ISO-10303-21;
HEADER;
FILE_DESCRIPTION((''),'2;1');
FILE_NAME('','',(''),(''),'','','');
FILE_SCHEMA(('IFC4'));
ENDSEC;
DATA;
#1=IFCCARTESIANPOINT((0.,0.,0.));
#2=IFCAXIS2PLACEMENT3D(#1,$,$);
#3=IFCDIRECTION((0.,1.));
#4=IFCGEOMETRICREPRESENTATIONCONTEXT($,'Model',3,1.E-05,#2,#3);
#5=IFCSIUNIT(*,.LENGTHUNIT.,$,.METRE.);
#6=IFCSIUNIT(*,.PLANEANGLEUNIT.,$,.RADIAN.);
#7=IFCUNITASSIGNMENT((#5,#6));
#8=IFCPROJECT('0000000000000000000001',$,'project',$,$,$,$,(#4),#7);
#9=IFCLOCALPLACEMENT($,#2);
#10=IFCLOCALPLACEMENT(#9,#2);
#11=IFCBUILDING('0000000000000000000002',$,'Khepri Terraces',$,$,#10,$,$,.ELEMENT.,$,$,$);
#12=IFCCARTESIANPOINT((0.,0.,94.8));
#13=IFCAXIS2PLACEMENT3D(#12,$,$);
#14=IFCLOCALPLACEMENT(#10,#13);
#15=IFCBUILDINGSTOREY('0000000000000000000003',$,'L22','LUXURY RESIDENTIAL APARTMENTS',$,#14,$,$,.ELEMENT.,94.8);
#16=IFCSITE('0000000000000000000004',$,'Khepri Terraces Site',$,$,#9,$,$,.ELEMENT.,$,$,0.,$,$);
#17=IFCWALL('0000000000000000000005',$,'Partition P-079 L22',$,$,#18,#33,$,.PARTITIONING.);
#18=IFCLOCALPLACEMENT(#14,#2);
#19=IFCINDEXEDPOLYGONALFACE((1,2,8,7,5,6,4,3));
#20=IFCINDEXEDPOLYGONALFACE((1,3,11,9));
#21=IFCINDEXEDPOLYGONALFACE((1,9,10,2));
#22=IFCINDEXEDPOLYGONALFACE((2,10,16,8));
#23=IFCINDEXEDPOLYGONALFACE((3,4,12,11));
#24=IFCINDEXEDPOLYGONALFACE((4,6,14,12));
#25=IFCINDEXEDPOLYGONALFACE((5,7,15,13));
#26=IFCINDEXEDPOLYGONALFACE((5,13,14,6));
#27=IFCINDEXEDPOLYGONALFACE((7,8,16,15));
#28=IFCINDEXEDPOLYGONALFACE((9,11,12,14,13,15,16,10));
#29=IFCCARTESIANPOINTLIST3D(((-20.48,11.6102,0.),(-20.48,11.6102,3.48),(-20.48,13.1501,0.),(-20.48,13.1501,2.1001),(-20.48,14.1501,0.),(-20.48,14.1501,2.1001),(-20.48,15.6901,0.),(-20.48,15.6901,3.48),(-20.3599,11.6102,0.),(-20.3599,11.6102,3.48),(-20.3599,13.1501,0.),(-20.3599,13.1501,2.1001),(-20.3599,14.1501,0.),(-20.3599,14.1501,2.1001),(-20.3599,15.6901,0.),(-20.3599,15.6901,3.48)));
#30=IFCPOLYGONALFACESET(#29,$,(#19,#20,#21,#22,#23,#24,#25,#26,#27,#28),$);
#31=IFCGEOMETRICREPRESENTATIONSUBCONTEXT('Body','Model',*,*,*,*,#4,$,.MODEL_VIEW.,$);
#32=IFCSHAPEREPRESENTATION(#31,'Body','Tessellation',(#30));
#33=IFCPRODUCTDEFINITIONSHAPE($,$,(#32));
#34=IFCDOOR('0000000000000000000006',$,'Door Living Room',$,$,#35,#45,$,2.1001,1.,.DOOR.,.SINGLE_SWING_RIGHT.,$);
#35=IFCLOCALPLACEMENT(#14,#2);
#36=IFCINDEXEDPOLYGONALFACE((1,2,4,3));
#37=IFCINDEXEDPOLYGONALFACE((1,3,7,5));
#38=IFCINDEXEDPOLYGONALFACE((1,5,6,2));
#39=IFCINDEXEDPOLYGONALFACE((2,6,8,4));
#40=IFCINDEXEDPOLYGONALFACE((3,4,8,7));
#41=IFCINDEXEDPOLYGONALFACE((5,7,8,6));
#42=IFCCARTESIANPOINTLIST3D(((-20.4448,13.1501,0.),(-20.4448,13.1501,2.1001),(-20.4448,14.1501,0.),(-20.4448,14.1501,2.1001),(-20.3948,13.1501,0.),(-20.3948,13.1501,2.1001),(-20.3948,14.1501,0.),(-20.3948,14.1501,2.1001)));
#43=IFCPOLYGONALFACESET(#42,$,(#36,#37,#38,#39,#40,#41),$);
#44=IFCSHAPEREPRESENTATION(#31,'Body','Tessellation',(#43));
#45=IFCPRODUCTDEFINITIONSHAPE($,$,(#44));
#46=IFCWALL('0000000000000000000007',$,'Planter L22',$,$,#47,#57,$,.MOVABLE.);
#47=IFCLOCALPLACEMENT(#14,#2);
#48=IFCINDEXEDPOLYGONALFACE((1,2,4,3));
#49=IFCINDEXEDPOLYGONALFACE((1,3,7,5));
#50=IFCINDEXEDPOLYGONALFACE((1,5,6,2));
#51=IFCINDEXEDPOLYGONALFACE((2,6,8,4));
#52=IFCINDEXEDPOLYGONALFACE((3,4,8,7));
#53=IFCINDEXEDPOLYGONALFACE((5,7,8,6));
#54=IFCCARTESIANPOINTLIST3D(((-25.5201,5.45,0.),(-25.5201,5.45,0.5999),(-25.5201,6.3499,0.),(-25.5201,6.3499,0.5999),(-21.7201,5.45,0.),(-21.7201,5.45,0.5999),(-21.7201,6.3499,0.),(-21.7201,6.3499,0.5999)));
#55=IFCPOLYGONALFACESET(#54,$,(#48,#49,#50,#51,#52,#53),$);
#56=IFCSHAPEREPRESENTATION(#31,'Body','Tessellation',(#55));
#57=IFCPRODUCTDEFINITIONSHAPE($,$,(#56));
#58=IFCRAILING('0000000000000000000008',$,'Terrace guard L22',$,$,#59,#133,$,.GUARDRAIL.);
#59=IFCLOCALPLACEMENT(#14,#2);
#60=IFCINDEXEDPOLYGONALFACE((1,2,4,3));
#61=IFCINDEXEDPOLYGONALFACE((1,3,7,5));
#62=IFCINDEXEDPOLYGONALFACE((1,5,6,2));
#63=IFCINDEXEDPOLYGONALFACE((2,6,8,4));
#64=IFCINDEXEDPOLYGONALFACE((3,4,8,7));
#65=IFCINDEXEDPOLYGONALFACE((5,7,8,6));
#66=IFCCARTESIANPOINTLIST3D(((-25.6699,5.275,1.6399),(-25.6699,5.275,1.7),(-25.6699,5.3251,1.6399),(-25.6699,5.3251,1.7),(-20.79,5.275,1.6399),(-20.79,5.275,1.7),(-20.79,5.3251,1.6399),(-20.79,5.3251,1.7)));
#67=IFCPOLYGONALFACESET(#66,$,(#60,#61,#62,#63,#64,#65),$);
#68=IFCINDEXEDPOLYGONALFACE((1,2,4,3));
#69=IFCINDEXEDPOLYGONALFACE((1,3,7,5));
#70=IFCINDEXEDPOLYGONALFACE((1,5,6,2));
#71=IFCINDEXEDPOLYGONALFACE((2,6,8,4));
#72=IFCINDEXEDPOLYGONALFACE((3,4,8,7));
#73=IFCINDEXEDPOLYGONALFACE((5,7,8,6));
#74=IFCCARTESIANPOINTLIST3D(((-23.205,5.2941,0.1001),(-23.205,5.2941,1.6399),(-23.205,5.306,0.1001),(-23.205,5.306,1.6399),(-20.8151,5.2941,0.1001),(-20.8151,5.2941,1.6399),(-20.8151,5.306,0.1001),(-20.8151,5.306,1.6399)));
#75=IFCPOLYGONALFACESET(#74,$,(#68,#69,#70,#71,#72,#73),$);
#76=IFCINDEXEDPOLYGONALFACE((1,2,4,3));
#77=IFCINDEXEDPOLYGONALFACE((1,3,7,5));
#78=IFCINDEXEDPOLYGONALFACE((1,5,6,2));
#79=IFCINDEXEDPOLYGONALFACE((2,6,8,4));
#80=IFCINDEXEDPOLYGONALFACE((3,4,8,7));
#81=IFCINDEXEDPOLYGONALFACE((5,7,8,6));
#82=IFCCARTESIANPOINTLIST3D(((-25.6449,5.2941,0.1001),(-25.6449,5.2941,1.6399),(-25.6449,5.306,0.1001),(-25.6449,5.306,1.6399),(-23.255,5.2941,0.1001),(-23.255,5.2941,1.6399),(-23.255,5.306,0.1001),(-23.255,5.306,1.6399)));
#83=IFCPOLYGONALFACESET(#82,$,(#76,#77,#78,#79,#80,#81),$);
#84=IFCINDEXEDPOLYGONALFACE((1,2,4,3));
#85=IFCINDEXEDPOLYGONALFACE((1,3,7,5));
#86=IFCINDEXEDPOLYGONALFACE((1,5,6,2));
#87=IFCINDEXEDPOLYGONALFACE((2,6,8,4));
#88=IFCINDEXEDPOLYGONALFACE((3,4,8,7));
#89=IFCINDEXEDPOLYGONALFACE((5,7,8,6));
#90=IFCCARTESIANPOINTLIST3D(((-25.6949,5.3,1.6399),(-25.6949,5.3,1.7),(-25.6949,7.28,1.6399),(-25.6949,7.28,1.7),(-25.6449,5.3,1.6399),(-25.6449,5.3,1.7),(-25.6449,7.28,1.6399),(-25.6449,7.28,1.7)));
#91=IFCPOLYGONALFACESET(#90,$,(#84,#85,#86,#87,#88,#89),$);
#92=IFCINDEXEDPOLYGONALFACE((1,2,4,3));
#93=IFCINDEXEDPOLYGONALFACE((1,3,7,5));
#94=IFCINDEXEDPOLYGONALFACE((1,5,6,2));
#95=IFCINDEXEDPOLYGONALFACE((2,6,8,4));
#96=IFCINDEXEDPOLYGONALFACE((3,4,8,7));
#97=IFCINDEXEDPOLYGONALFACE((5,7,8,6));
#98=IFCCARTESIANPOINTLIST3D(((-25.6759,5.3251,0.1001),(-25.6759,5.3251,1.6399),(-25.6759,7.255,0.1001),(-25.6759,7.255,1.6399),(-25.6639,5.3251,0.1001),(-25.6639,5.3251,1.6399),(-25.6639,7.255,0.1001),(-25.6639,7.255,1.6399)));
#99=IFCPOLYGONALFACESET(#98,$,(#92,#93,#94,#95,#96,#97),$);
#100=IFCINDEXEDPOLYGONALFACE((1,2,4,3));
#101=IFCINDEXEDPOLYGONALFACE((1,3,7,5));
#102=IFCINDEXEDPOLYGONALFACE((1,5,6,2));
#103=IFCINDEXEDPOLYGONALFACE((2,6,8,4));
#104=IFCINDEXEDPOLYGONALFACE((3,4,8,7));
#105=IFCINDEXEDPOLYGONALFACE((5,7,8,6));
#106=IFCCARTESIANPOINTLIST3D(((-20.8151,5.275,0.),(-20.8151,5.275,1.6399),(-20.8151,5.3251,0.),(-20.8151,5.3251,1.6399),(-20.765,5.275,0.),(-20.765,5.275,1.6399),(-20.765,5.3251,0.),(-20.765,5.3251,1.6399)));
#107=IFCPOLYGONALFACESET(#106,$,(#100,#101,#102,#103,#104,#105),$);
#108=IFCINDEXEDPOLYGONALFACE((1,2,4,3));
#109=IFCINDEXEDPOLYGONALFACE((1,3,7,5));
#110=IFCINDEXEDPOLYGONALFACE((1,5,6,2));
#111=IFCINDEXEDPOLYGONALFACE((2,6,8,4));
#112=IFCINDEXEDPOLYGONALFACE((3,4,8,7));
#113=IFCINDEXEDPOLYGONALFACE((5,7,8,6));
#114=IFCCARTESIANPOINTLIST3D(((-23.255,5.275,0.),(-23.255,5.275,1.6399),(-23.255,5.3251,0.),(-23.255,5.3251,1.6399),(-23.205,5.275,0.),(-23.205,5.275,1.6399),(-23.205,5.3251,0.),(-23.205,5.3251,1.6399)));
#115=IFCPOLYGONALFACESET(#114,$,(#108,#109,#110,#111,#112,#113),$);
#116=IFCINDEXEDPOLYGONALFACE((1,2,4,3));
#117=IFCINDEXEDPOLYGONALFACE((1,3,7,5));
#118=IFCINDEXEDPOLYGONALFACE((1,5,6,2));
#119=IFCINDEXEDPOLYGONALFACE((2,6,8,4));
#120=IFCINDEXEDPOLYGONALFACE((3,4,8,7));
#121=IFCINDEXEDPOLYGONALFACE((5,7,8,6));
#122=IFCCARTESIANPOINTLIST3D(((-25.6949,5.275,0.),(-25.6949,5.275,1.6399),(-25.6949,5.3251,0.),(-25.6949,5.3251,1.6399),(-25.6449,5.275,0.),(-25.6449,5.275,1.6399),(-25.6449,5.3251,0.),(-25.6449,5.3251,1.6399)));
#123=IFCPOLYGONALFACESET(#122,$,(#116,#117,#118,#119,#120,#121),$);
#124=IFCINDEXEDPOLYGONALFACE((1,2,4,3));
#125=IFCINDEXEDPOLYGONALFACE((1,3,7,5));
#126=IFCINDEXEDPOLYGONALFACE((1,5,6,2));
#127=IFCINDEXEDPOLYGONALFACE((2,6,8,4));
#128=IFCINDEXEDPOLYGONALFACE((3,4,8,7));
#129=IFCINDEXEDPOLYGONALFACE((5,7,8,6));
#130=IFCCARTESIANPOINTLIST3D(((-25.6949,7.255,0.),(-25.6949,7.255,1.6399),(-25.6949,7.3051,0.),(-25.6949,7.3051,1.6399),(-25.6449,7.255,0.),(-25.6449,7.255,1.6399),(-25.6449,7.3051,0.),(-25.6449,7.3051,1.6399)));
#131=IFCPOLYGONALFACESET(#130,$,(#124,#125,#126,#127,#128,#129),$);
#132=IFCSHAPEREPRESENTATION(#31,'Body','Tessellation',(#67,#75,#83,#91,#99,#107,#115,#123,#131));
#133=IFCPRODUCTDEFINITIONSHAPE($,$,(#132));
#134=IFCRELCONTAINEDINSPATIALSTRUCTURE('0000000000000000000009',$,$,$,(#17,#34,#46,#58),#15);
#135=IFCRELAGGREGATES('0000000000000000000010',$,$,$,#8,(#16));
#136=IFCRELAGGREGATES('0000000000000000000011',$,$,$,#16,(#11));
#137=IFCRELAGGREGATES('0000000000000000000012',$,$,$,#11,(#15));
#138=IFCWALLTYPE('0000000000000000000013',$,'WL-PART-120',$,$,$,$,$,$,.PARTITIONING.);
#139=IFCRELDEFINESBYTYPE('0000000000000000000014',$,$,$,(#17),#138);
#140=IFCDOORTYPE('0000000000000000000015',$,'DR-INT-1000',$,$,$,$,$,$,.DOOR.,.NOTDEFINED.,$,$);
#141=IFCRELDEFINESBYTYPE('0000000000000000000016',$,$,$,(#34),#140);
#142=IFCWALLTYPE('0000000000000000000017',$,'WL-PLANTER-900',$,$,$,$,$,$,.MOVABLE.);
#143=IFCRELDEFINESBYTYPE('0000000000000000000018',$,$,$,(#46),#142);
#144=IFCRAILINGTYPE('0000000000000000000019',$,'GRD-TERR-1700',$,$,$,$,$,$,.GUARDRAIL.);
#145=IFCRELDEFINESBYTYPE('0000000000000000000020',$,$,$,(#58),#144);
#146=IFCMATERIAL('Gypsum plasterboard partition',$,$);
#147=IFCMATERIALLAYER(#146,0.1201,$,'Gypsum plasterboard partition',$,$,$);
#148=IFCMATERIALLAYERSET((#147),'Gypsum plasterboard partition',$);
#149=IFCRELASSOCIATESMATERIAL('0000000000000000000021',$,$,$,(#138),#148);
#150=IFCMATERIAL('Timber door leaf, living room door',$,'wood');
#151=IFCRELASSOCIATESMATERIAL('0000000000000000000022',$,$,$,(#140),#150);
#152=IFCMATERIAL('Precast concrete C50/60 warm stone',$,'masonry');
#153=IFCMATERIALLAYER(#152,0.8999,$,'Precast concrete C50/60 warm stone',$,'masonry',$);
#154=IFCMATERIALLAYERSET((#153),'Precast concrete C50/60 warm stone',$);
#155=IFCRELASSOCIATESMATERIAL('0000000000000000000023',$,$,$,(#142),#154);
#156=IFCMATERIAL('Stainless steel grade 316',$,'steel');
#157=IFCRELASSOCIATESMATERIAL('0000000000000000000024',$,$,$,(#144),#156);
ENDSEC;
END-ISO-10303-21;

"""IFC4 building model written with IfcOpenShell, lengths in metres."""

from ifc_helpers import new_model, si_unit, direction, frame, frame_2d, origin, origin_2d, place, context, subcontext, project, spatial, rectangle, extrude, material, layer, layer_set, type_object, element, fill, save


model = new_model("IFC4")

# Units and contexts
model_context = context("Model", 3, precision=1e-05, world=origin(), true_north=direction((0.0, 1.0)))
body_context = subcontext(model_context, "Body", "Model", "MODEL_VIEW")
ifc_project = project(units=[si_unit("LENGTHUNIT", "METRE"), si_unit("PLANEANGLEUNIT", "RADIAN")], contexts=[model_context])

# Site, building, storey
site_placement = place(None, origin())
site = spatial("IfcSite", under=ifc_project, at=site_placement, Name="Khepri Terraces Site", CompositionType="ELEMENT", RefElevation=0.0)
building_placement = place(site_placement, origin())
building = spatial("IfcBuilding", under=site, at=building_placement, Name="Khepri Terraces", CompositionType="ELEMENT")
storey_placement = place(building_placement, frame((0.0, 0.0, 94.8)))
storey = spatial("IfcBuildingStorey", under=building, at=storey_placement, Name="L22", Description="LUXURY RESIDENTIAL APARTMENTS", CompositionType="ELEMENT", Elevation=94.8)

# Shared definitions
ifc_material_1 = material(Name="Precast concrete C50/60 warm stone", Category="masonry")

# Shared definitions
ifc_material_2 = material(Name="Gypsum plasterboard partition")
ifc_layer_1 = layer(ifc_material_2, 0.1201, Name="Gypsum plasterboard partition")
ifc_layer_set_1 = layer_set([ifc_layer_1], Name="Gypsum plasterboard partition")
wall_type_1 = type_object("IfcWallType", Name="WL-PART-120", PredefinedType="PARTITIONING", material=ifc_layer_set_1)

# Shared definitions
ifc_material_3 = material(Name="Timber door leaf, living room door", Category="wood")
door_type_1 = type_object("IfcDoorType", Name="DR-INT-1000", OperationType="NOTDEFINED", PredefinedType="DOOR", material=ifc_material_3)

# Wall, opening, door
wall_1_placement = place(storey_placement, frame((-20.4199, 11.6101, 0.0), z_axis=(0.0, 0.0, 1.0), x_axis=(0.0, 1.0, 0.0)))
wall_1 = element("IfcWall", 1, at=wall_1_placement, inside=storey, type_object=wall_type_1, Name="Partition P-079 L22", PredefinedType="PARTITIONING", context=body_context, shape_type="SweptSolid", body=[
    extrude(rectangle(XDim=4.0798, YDim=0.1201, at=frame_2d((2.04, 0.0))), origin(), (0.0, 0.0, 1.0), 3.48),
])
opening_1_placement = place(wall_1_placement, frame((1.54, 0.0, 0.0)))
opening_1 = element("IfcOpeningElement", 2, at=opening_1_placement, cuts=wall_1, PredefinedType="OPENING", context=body_context, shape_type="SweptSolid", body=[
    extrude(rectangle(XDim=1.0, YDim=2.1001, at=frame_2d((0.5, 1.05))), frame((0.0, 0.0701, 0.0), z_axis=(0.0, -1.0, 0.0), x_axis=(1.0, 0.0, 0.0)), (0.0, 0.0, 1.0), 0.1401),
])
door_1_placement = place(opening_1_placement, origin())
door_1 = element("IfcDoor", 3, at=door_1_placement, inside=storey, type_object=door_type_1, Name="Door Living Room", OperationType="SINGLE_SWING_RIGHT", OverallHeight=2.1001, OverallWidth=1.0, PredefinedType="DOOR", context=body_context, shape_type="SweptSolid", body=[
    extrude(rectangle(XDim=1.0, YDim=2.1001, at=frame_2d((0.5, 1.05))), frame((0.0, 0.0249, 0.0), z_axis=(0.0, -1.0, 0.0), x_axis=(1.0, 0.0, 0.0)), (0.0, 0.0, 1.0), 0.05),
])
fill(opening_1, door_1)

# Wall
ifc_layer_2 = layer(ifc_material_1, 0.8999, Name="Precast concrete C50/60 warm stone", Category="masonry")
ifc_layer_set_2 = layer_set([ifc_layer_2], Name="Precast concrete C50/60 warm stone")
wall_type_2 = type_object("IfcWallType", Name="WL-PLANTER-900", PredefinedType="MOVABLE", material=ifc_layer_set_2)
wall_2_placement = place(storey_placement, frame((-25.52, 5.8999, 0.0), z_axis=(0.0, 0.0, 1.0), x_axis=(1.0, 0.0, 0.0)))
element("IfcWall", 4, at=wall_2_placement, inside=storey, type_object=wall_type_2, Name="Planter L22", PredefinedType="MOVABLE", context=body_context, shape_type="SweptSolid", body=[
    extrude(rectangle(XDim=3.8, YDim=0.8999, at=frame_2d((1.8999, 0.0))), origin(), (0.0, 0.0, 1.0), 0.5999),
])

# Railing
ifc_material_4 = material(Name="Stainless steel grade 316", Category="steel")
railing_type = type_object("IfcRailingType", Name="GRD-TERR-1700", PredefinedType="GUARDRAIL", material=ifc_material_4)
railing_placement = place(storey_placement, frame((-20.79, 5.3, 0.0)))
element("IfcRailing", 5, at=railing_placement, inside=storey, type_object=railing_type, Name="Terrace guard L22", PredefinedType="GUARDRAIL", context=body_context, shape_type="SweptSolid", body=[
    extrude(rectangle(XDim=0.05, YDim=0.0601, at=origin_2d()), frame((0.0, 0.0, 1.6699), z_axis=(-1.0, 0.0, 0.0), x_axis=(0.0, -1.0, 0.0)), (0.0, 0.0, 1.0), 4.8799),
    extrude(rectangle(XDim=2.3899, YDim=0.012, at=origin_2d()), frame((-1.22, 0.0, 0.1001), z_axis=(0.0, 0.0, 1.0), x_axis=(-1.0, 0.0, 0.0)), (0.0, 0.0, 1.0), 1.5398),
    extrude(rectangle(XDim=2.3899, YDim=0.012, at=origin_2d()), frame((-3.6599, 0.0, 0.1001), z_axis=(0.0, 0.0, 1.0), x_axis=(-1.0, 0.0, 0.0)), (0.0, 0.0, 1.0), 1.5398),
    extrude(rectangle(XDim=0.05, YDim=0.0601, at=origin_2d()), frame((-4.8799, 0.0, 1.6699), z_axis=(0.0, 1.0, 0.0), x_axis=(-1.0, 0.0, 0.0)), (0.0, 0.0, 1.0), 1.98),
    extrude(rectangle(XDim=1.9299, YDim=0.012, at=origin_2d()), frame((-4.8799, 0.99, 0.1001), z_axis=(0.0, 0.0, 1.0), x_axis=(0.0, 1.0, 0.0)), (0.0, 0.0, 1.0), 1.5398),
    extrude(rectangle(XDim=0.05, YDim=0.05, at=origin_2d()), origin(), (0.0, 0.0, 1.0), 1.6399),
    extrude(rectangle(XDim=0.05, YDim=0.05, at=origin_2d()), frame((-2.4399, 0.0, 0.0)), (0.0, 0.0, 1.0), 1.6399),
    extrude(rectangle(XDim=0.05, YDim=0.05, at=origin_2d()), frame((-4.8799, 0.0, 0.0)), (0.0, 0.0, 1.0), 1.6399),
    extrude(rectangle(XDim=0.05, YDim=0.05, at=origin_2d()), frame((-4.8799, 1.98, 0.0)), (0.0, 0.0, 1.0), 1.6399),
])

save(model, "model.ifc")
